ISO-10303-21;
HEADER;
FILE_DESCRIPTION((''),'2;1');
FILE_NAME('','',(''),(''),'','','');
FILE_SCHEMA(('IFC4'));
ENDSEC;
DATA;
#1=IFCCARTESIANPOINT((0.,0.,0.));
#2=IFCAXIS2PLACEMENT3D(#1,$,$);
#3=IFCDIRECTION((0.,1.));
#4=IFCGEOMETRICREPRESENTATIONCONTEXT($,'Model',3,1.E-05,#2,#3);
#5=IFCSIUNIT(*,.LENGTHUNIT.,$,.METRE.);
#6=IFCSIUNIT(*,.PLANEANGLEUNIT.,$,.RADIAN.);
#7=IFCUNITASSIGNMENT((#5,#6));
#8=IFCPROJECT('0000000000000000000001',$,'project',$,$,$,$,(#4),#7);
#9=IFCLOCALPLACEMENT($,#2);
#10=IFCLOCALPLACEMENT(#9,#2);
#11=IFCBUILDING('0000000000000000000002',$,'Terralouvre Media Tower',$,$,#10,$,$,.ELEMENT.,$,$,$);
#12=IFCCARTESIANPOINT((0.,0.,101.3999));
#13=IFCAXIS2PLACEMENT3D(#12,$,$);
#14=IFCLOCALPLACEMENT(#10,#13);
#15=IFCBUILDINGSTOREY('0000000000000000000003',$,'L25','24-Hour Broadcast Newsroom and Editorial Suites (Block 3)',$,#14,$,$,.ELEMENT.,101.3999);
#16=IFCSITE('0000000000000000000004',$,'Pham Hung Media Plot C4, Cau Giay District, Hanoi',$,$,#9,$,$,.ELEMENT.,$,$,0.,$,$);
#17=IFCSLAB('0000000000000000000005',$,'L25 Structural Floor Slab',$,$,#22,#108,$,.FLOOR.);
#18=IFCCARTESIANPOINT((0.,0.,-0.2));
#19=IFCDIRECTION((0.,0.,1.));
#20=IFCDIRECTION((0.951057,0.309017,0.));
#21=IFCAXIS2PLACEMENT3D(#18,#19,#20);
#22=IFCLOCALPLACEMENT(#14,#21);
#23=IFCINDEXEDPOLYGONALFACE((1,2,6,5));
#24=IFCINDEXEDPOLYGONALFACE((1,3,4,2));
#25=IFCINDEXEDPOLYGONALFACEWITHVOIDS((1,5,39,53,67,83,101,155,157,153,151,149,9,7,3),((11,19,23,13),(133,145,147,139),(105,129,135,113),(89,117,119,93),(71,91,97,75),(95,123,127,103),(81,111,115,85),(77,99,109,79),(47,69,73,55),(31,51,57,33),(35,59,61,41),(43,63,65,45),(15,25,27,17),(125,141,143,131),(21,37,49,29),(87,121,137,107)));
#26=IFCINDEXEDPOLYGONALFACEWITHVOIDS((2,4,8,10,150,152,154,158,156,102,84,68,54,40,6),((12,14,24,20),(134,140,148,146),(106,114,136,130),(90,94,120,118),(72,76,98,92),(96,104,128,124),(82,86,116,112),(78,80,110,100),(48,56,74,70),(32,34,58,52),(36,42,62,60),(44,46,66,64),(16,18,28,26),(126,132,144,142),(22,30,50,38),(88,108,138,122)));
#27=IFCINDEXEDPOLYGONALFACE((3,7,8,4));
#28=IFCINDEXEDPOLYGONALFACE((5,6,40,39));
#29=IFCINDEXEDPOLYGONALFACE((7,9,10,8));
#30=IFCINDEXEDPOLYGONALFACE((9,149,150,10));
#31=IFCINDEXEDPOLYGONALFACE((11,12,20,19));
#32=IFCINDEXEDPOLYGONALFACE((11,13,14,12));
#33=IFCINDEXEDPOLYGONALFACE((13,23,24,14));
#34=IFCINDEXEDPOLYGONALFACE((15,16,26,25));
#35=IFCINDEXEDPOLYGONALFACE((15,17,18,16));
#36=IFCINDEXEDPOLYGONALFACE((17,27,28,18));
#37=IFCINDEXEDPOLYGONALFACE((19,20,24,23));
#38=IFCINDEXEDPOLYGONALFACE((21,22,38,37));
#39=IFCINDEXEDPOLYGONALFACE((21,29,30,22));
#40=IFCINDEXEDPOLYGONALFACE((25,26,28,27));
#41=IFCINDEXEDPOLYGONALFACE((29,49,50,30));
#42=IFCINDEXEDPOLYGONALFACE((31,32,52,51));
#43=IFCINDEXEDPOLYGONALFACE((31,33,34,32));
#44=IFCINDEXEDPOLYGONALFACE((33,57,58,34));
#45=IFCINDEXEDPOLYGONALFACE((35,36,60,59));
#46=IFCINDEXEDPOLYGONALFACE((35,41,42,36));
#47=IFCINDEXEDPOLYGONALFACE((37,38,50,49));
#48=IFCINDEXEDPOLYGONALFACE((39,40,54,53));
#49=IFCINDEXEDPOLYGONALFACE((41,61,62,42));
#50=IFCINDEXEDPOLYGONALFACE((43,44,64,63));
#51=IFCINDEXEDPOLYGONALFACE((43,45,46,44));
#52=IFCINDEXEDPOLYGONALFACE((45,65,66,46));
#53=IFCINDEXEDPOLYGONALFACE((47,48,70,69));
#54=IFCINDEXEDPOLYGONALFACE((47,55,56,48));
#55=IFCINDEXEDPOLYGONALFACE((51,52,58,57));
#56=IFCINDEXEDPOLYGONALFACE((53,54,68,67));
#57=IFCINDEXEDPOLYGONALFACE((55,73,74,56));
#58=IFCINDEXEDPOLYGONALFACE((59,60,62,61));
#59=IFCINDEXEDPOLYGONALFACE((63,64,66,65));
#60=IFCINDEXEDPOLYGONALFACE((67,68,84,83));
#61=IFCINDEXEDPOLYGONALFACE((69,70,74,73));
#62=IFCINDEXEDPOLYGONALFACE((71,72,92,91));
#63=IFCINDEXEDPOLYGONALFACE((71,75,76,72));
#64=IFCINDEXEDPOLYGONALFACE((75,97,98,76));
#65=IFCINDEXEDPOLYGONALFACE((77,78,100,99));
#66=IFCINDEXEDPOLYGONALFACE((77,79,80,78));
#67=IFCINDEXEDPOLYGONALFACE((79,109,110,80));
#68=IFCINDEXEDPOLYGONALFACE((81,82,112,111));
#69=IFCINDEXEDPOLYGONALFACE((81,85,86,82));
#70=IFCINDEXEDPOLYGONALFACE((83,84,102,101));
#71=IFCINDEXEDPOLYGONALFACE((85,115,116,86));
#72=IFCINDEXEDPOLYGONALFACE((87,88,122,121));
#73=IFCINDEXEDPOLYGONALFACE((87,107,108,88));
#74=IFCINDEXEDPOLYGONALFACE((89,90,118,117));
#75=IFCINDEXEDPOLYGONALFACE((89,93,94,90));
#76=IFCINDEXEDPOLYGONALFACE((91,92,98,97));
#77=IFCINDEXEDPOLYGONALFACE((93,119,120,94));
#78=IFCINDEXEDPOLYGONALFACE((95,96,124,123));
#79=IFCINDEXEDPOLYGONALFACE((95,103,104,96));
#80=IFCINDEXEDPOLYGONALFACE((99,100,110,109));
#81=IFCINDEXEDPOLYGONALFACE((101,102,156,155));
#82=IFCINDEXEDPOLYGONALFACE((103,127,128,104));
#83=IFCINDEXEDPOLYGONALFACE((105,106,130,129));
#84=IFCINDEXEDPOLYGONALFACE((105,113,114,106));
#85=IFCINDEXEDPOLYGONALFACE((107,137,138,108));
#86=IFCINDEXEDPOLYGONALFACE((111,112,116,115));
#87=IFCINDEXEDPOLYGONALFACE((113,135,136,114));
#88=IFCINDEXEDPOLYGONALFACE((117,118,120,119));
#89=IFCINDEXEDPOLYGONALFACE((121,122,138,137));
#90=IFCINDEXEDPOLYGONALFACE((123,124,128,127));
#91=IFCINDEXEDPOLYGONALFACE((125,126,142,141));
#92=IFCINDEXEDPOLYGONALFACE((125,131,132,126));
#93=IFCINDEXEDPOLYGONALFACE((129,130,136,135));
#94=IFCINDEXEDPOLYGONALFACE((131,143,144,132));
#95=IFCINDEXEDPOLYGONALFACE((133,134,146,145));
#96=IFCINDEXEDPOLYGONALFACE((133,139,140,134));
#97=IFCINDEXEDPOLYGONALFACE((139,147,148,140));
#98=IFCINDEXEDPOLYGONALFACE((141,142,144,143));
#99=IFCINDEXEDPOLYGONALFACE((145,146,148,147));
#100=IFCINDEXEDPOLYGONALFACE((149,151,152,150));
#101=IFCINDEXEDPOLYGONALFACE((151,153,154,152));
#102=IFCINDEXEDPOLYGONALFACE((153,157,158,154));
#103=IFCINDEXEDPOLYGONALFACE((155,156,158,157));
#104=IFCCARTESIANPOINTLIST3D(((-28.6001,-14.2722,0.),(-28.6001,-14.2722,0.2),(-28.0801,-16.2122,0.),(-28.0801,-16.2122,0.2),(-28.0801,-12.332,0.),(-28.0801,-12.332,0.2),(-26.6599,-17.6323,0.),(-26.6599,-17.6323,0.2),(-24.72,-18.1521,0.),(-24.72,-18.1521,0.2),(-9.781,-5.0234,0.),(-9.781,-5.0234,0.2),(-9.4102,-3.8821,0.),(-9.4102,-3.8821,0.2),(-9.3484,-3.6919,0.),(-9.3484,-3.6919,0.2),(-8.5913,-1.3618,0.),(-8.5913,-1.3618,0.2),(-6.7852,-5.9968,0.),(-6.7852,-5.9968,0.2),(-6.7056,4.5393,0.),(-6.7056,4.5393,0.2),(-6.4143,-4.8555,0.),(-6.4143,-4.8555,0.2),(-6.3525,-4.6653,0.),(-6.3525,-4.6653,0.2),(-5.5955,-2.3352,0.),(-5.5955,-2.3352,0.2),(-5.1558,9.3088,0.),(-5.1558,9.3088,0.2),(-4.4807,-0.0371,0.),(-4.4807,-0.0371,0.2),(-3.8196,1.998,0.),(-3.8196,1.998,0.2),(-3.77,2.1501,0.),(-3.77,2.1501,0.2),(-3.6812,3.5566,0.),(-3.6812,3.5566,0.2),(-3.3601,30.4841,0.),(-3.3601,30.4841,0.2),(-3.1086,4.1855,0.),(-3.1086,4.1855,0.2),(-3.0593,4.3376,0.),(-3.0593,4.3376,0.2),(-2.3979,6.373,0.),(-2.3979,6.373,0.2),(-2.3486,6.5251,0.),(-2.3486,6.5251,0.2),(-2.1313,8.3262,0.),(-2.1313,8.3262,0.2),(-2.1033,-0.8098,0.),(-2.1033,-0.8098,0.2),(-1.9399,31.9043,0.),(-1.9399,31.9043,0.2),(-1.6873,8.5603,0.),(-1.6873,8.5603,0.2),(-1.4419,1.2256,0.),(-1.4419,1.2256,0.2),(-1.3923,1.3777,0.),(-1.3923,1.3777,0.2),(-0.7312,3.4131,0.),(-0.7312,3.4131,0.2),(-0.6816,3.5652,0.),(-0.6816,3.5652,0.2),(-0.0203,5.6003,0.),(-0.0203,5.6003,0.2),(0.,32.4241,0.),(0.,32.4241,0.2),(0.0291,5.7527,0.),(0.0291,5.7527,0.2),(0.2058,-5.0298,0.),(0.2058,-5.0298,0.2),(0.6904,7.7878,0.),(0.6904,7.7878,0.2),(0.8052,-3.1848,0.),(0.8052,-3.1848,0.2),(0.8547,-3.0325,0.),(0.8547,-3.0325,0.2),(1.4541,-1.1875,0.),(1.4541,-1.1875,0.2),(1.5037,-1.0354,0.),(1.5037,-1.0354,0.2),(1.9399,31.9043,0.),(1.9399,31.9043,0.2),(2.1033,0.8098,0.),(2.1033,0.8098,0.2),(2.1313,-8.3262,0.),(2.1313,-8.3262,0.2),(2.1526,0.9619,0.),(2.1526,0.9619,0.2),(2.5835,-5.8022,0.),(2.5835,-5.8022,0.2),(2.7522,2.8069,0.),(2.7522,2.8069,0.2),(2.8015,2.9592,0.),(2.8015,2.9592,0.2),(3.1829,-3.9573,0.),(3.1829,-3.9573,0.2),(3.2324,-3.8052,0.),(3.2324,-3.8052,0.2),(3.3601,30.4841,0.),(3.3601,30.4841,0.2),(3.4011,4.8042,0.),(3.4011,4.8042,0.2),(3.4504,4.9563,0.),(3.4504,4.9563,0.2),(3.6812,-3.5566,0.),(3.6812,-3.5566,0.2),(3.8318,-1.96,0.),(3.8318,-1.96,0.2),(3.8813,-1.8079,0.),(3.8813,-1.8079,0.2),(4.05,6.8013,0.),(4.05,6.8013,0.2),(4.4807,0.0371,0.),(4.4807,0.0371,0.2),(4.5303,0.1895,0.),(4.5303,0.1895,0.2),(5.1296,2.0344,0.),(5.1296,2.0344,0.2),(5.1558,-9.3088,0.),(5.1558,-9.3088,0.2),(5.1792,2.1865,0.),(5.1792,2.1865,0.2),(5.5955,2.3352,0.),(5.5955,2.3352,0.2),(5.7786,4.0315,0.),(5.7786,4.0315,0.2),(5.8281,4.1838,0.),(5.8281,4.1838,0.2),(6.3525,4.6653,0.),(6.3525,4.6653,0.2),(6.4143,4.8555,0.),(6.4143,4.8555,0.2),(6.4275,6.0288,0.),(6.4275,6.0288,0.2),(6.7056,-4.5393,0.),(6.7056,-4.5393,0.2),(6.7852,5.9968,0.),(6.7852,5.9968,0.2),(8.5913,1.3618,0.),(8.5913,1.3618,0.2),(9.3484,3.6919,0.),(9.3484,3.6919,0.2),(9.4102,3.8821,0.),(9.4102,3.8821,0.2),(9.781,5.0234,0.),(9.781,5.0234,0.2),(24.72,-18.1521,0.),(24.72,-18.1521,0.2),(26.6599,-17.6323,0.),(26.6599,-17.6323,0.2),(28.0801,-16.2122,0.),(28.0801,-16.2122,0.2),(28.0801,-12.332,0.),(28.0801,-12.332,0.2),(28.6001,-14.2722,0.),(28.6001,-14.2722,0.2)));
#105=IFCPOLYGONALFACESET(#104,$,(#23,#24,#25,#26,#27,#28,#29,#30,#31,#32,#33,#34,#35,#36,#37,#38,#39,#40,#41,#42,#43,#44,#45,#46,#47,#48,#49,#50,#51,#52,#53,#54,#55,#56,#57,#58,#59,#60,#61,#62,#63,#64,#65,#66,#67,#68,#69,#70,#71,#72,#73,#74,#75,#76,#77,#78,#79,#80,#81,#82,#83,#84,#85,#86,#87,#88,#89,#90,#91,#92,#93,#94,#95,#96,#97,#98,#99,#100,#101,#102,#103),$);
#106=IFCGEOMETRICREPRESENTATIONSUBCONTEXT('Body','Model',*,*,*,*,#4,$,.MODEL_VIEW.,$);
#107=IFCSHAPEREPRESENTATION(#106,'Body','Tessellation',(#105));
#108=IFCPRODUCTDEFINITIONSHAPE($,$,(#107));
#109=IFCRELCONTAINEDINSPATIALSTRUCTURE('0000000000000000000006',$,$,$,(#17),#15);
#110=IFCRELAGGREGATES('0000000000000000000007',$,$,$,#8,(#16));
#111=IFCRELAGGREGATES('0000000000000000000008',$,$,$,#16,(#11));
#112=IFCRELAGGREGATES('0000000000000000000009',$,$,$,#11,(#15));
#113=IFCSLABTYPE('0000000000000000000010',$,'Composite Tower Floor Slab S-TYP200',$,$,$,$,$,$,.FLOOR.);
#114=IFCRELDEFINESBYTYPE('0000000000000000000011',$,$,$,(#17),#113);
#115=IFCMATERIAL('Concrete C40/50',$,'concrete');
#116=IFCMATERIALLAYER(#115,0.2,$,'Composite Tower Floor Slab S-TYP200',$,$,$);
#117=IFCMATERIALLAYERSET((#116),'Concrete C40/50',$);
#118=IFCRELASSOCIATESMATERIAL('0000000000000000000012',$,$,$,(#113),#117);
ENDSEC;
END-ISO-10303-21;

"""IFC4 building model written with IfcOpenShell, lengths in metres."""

from ifc_helpers import new_model, si_unit, direction, frame, origin, place, context, subcontext, project, spatial, polyline, outline, extrude, material, layer, layer_set, type_object, element, save


model = new_model("IFC4")

# Units and contexts
model_context = context("Model", 3, precision=1e-05, world=origin(), true_north=direction((0.0, 1.0)))
body_context = subcontext(model_context, "Body", "Model", "MODEL_VIEW")
ifc_project = project(units=[si_unit("LENGTHUNIT", "METRE"), si_unit("PLANEANGLEUNIT", "RADIAN")], contexts=[model_context])

# Site, building, storey
site_placement = place(None, origin())
site = spatial("IfcSite", under=ifc_project, at=site_placement, Name="Pham Hung Media Plot C4, Cau Giay District, Hanoi", CompositionType="ELEMENT", RefElevation=0.0)
building_placement = place(site_placement, origin())
building = spatial("IfcBuilding", under=site, at=building_placement, Name="Terralouvre Media Tower", CompositionType="ELEMENT")
storey_placement = place(building_placement, frame((0.0, 0.0, 101.3999)))
storey = spatial("IfcBuildingStorey", under=building, at=storey_placement, Name="L25", Description="24-Hour Broadcast Newsroom and Editorial Suites (Block 3)", CompositionType="ELEMENT", Elevation=101.3999)

# Slab
ifc_material_1 = material(Name="Concrete C40/50", Category="concrete")
ifc_layer_1 = layer(ifc_material_1, 0.2, Name="Composite Tower Floor Slab S-TYP200")
ifc_layer_set_1 = layer_set([ifc_layer_1], Name="Concrete C40/50")
slab_type = type_object("IfcSlabType", Name="Composite Tower Floor Slab S-TYP200", PredefinedType="FLOOR", material=ifc_layer_set_1)
slab_placement = place(storey_placement, frame((0.0, 0.0, -0.2), z_axis=(0.0, 0.0, 1.0), x_axis=(0.951057, 0.309017, 0.0)))
element("IfcSlab", 1, at=slab_placement, inside=storey, type_object=slab_type, Name="L25 Structural Floor Slab", PredefinedType="FLOOR", context=body_context, shape_type="SweptSolid", body=[
    extrude(outline(polyline([(-28.0801, -12.332), (-28.6001, -14.2722), (-28.0801, -16.2122), (-26.6599, -17.6323), (-24.72, -18.1521), (24.72, -18.1521), (26.6599, -17.6323), (28.0801, -16.2122), (28.6001, -14.2722), (28.0801, -12.332), (3.3601, 30.4841), (1.9399, 31.9043), (0.0, 32.4241), (-1.9399, 31.9043), (-3.3601, 30.4841), (-28.0801, -12.332)]), holes=[polyline([(-6.7852, -5.9968), (-9.781, -5.0234), (-9.4102, -3.8821), (-6.4143, -4.8555), (-6.7852, -5.9968)]), polyline([(-6.3525, -4.6653), (-9.3484, -3.6919), (-8.5913, -1.3618), (-5.5955, -2.3352), (-6.3525, -4.6653)]), polyline([(-2.1033, -0.8098), (-4.4807, -0.0371), (-3.8196, 1.998), (-1.4419, 1.2256), (-2.1033, -0.8098)]), polyline([(-1.3923, 1.3777), (-3.77, 2.1501), (-3.1086, 4.1855), (-0.7312, 3.4131), (-1.3923, 1.3777)]), polyline([(4.5303, 0.1895), (2.1526, 0.9619), (2.7522, 2.8069), (5.1296, 2.0344), (4.5303, 0.1895)]), polyline([(-0.6816, 3.5652), (-3.0593, 4.3376), (-2.3979, 6.373), (-0.0203, 5.6003), (-0.6816, 3.5652)]), polyline([(-3.6812, 3.5566), (-6.7056, 4.5393), (-5.1558, 9.3088), (-2.1313, 8.3262), (-3.6812, 3.5566)]), polyline([(0.0291, 5.7527), (-2.3486, 6.5251), (-1.6873, 8.5603), (0.6904, 7.7878), (0.0291, 5.7527)]), polyline([(3.6812, -3.5566), (6.7056, -4.5393), (5.1558, -9.3088), (2.1313, -8.3262), (3.6812, -3.5566)]), polyline([(2.5835, -5.8022), (0.2058, -5.0298), (0.8052, -3.1848), (3.1829, -3.9573), (2.5835, -5.8022)]), polyline([(3.2324, -3.8052), (0.8547, -3.0325), (1.4541, -1.1875), (3.8318, -1.96), (3.2324, -3.8052)]), polyline([(3.8813, -1.8079), (1.5037, -1.0354), (2.1033, 0.8098), (4.4807, 0.0371), (3.8813, -1.8079)]), polyline([(5.1792, 2.1865), (2.8015, 2.9592), (3.4011, 4.8042), (5.7786, 4.0315), (5.1792, 2.1865)]), polyline([(8.5913, 1.3618), (5.5955, 2.3352), (6.3525, 4.6653), (9.3484, 3.6919), (8.5913, 1.3618)]), polyline([(5.8281, 4.1838), (3.4504, 4.9563), (4.05, 6.8013), (6.4275, 6.0288), (5.8281, 4.1838)]), polyline([(9.4102, 3.8821), (6.4143, 4.8555), (6.7852, 5.9968), (9.781, 5.0234), (9.4102, 3.8821)])]), origin(), (0.0, 0.0, 1.0), 0.2),
])

save(model, "model.ifc")
